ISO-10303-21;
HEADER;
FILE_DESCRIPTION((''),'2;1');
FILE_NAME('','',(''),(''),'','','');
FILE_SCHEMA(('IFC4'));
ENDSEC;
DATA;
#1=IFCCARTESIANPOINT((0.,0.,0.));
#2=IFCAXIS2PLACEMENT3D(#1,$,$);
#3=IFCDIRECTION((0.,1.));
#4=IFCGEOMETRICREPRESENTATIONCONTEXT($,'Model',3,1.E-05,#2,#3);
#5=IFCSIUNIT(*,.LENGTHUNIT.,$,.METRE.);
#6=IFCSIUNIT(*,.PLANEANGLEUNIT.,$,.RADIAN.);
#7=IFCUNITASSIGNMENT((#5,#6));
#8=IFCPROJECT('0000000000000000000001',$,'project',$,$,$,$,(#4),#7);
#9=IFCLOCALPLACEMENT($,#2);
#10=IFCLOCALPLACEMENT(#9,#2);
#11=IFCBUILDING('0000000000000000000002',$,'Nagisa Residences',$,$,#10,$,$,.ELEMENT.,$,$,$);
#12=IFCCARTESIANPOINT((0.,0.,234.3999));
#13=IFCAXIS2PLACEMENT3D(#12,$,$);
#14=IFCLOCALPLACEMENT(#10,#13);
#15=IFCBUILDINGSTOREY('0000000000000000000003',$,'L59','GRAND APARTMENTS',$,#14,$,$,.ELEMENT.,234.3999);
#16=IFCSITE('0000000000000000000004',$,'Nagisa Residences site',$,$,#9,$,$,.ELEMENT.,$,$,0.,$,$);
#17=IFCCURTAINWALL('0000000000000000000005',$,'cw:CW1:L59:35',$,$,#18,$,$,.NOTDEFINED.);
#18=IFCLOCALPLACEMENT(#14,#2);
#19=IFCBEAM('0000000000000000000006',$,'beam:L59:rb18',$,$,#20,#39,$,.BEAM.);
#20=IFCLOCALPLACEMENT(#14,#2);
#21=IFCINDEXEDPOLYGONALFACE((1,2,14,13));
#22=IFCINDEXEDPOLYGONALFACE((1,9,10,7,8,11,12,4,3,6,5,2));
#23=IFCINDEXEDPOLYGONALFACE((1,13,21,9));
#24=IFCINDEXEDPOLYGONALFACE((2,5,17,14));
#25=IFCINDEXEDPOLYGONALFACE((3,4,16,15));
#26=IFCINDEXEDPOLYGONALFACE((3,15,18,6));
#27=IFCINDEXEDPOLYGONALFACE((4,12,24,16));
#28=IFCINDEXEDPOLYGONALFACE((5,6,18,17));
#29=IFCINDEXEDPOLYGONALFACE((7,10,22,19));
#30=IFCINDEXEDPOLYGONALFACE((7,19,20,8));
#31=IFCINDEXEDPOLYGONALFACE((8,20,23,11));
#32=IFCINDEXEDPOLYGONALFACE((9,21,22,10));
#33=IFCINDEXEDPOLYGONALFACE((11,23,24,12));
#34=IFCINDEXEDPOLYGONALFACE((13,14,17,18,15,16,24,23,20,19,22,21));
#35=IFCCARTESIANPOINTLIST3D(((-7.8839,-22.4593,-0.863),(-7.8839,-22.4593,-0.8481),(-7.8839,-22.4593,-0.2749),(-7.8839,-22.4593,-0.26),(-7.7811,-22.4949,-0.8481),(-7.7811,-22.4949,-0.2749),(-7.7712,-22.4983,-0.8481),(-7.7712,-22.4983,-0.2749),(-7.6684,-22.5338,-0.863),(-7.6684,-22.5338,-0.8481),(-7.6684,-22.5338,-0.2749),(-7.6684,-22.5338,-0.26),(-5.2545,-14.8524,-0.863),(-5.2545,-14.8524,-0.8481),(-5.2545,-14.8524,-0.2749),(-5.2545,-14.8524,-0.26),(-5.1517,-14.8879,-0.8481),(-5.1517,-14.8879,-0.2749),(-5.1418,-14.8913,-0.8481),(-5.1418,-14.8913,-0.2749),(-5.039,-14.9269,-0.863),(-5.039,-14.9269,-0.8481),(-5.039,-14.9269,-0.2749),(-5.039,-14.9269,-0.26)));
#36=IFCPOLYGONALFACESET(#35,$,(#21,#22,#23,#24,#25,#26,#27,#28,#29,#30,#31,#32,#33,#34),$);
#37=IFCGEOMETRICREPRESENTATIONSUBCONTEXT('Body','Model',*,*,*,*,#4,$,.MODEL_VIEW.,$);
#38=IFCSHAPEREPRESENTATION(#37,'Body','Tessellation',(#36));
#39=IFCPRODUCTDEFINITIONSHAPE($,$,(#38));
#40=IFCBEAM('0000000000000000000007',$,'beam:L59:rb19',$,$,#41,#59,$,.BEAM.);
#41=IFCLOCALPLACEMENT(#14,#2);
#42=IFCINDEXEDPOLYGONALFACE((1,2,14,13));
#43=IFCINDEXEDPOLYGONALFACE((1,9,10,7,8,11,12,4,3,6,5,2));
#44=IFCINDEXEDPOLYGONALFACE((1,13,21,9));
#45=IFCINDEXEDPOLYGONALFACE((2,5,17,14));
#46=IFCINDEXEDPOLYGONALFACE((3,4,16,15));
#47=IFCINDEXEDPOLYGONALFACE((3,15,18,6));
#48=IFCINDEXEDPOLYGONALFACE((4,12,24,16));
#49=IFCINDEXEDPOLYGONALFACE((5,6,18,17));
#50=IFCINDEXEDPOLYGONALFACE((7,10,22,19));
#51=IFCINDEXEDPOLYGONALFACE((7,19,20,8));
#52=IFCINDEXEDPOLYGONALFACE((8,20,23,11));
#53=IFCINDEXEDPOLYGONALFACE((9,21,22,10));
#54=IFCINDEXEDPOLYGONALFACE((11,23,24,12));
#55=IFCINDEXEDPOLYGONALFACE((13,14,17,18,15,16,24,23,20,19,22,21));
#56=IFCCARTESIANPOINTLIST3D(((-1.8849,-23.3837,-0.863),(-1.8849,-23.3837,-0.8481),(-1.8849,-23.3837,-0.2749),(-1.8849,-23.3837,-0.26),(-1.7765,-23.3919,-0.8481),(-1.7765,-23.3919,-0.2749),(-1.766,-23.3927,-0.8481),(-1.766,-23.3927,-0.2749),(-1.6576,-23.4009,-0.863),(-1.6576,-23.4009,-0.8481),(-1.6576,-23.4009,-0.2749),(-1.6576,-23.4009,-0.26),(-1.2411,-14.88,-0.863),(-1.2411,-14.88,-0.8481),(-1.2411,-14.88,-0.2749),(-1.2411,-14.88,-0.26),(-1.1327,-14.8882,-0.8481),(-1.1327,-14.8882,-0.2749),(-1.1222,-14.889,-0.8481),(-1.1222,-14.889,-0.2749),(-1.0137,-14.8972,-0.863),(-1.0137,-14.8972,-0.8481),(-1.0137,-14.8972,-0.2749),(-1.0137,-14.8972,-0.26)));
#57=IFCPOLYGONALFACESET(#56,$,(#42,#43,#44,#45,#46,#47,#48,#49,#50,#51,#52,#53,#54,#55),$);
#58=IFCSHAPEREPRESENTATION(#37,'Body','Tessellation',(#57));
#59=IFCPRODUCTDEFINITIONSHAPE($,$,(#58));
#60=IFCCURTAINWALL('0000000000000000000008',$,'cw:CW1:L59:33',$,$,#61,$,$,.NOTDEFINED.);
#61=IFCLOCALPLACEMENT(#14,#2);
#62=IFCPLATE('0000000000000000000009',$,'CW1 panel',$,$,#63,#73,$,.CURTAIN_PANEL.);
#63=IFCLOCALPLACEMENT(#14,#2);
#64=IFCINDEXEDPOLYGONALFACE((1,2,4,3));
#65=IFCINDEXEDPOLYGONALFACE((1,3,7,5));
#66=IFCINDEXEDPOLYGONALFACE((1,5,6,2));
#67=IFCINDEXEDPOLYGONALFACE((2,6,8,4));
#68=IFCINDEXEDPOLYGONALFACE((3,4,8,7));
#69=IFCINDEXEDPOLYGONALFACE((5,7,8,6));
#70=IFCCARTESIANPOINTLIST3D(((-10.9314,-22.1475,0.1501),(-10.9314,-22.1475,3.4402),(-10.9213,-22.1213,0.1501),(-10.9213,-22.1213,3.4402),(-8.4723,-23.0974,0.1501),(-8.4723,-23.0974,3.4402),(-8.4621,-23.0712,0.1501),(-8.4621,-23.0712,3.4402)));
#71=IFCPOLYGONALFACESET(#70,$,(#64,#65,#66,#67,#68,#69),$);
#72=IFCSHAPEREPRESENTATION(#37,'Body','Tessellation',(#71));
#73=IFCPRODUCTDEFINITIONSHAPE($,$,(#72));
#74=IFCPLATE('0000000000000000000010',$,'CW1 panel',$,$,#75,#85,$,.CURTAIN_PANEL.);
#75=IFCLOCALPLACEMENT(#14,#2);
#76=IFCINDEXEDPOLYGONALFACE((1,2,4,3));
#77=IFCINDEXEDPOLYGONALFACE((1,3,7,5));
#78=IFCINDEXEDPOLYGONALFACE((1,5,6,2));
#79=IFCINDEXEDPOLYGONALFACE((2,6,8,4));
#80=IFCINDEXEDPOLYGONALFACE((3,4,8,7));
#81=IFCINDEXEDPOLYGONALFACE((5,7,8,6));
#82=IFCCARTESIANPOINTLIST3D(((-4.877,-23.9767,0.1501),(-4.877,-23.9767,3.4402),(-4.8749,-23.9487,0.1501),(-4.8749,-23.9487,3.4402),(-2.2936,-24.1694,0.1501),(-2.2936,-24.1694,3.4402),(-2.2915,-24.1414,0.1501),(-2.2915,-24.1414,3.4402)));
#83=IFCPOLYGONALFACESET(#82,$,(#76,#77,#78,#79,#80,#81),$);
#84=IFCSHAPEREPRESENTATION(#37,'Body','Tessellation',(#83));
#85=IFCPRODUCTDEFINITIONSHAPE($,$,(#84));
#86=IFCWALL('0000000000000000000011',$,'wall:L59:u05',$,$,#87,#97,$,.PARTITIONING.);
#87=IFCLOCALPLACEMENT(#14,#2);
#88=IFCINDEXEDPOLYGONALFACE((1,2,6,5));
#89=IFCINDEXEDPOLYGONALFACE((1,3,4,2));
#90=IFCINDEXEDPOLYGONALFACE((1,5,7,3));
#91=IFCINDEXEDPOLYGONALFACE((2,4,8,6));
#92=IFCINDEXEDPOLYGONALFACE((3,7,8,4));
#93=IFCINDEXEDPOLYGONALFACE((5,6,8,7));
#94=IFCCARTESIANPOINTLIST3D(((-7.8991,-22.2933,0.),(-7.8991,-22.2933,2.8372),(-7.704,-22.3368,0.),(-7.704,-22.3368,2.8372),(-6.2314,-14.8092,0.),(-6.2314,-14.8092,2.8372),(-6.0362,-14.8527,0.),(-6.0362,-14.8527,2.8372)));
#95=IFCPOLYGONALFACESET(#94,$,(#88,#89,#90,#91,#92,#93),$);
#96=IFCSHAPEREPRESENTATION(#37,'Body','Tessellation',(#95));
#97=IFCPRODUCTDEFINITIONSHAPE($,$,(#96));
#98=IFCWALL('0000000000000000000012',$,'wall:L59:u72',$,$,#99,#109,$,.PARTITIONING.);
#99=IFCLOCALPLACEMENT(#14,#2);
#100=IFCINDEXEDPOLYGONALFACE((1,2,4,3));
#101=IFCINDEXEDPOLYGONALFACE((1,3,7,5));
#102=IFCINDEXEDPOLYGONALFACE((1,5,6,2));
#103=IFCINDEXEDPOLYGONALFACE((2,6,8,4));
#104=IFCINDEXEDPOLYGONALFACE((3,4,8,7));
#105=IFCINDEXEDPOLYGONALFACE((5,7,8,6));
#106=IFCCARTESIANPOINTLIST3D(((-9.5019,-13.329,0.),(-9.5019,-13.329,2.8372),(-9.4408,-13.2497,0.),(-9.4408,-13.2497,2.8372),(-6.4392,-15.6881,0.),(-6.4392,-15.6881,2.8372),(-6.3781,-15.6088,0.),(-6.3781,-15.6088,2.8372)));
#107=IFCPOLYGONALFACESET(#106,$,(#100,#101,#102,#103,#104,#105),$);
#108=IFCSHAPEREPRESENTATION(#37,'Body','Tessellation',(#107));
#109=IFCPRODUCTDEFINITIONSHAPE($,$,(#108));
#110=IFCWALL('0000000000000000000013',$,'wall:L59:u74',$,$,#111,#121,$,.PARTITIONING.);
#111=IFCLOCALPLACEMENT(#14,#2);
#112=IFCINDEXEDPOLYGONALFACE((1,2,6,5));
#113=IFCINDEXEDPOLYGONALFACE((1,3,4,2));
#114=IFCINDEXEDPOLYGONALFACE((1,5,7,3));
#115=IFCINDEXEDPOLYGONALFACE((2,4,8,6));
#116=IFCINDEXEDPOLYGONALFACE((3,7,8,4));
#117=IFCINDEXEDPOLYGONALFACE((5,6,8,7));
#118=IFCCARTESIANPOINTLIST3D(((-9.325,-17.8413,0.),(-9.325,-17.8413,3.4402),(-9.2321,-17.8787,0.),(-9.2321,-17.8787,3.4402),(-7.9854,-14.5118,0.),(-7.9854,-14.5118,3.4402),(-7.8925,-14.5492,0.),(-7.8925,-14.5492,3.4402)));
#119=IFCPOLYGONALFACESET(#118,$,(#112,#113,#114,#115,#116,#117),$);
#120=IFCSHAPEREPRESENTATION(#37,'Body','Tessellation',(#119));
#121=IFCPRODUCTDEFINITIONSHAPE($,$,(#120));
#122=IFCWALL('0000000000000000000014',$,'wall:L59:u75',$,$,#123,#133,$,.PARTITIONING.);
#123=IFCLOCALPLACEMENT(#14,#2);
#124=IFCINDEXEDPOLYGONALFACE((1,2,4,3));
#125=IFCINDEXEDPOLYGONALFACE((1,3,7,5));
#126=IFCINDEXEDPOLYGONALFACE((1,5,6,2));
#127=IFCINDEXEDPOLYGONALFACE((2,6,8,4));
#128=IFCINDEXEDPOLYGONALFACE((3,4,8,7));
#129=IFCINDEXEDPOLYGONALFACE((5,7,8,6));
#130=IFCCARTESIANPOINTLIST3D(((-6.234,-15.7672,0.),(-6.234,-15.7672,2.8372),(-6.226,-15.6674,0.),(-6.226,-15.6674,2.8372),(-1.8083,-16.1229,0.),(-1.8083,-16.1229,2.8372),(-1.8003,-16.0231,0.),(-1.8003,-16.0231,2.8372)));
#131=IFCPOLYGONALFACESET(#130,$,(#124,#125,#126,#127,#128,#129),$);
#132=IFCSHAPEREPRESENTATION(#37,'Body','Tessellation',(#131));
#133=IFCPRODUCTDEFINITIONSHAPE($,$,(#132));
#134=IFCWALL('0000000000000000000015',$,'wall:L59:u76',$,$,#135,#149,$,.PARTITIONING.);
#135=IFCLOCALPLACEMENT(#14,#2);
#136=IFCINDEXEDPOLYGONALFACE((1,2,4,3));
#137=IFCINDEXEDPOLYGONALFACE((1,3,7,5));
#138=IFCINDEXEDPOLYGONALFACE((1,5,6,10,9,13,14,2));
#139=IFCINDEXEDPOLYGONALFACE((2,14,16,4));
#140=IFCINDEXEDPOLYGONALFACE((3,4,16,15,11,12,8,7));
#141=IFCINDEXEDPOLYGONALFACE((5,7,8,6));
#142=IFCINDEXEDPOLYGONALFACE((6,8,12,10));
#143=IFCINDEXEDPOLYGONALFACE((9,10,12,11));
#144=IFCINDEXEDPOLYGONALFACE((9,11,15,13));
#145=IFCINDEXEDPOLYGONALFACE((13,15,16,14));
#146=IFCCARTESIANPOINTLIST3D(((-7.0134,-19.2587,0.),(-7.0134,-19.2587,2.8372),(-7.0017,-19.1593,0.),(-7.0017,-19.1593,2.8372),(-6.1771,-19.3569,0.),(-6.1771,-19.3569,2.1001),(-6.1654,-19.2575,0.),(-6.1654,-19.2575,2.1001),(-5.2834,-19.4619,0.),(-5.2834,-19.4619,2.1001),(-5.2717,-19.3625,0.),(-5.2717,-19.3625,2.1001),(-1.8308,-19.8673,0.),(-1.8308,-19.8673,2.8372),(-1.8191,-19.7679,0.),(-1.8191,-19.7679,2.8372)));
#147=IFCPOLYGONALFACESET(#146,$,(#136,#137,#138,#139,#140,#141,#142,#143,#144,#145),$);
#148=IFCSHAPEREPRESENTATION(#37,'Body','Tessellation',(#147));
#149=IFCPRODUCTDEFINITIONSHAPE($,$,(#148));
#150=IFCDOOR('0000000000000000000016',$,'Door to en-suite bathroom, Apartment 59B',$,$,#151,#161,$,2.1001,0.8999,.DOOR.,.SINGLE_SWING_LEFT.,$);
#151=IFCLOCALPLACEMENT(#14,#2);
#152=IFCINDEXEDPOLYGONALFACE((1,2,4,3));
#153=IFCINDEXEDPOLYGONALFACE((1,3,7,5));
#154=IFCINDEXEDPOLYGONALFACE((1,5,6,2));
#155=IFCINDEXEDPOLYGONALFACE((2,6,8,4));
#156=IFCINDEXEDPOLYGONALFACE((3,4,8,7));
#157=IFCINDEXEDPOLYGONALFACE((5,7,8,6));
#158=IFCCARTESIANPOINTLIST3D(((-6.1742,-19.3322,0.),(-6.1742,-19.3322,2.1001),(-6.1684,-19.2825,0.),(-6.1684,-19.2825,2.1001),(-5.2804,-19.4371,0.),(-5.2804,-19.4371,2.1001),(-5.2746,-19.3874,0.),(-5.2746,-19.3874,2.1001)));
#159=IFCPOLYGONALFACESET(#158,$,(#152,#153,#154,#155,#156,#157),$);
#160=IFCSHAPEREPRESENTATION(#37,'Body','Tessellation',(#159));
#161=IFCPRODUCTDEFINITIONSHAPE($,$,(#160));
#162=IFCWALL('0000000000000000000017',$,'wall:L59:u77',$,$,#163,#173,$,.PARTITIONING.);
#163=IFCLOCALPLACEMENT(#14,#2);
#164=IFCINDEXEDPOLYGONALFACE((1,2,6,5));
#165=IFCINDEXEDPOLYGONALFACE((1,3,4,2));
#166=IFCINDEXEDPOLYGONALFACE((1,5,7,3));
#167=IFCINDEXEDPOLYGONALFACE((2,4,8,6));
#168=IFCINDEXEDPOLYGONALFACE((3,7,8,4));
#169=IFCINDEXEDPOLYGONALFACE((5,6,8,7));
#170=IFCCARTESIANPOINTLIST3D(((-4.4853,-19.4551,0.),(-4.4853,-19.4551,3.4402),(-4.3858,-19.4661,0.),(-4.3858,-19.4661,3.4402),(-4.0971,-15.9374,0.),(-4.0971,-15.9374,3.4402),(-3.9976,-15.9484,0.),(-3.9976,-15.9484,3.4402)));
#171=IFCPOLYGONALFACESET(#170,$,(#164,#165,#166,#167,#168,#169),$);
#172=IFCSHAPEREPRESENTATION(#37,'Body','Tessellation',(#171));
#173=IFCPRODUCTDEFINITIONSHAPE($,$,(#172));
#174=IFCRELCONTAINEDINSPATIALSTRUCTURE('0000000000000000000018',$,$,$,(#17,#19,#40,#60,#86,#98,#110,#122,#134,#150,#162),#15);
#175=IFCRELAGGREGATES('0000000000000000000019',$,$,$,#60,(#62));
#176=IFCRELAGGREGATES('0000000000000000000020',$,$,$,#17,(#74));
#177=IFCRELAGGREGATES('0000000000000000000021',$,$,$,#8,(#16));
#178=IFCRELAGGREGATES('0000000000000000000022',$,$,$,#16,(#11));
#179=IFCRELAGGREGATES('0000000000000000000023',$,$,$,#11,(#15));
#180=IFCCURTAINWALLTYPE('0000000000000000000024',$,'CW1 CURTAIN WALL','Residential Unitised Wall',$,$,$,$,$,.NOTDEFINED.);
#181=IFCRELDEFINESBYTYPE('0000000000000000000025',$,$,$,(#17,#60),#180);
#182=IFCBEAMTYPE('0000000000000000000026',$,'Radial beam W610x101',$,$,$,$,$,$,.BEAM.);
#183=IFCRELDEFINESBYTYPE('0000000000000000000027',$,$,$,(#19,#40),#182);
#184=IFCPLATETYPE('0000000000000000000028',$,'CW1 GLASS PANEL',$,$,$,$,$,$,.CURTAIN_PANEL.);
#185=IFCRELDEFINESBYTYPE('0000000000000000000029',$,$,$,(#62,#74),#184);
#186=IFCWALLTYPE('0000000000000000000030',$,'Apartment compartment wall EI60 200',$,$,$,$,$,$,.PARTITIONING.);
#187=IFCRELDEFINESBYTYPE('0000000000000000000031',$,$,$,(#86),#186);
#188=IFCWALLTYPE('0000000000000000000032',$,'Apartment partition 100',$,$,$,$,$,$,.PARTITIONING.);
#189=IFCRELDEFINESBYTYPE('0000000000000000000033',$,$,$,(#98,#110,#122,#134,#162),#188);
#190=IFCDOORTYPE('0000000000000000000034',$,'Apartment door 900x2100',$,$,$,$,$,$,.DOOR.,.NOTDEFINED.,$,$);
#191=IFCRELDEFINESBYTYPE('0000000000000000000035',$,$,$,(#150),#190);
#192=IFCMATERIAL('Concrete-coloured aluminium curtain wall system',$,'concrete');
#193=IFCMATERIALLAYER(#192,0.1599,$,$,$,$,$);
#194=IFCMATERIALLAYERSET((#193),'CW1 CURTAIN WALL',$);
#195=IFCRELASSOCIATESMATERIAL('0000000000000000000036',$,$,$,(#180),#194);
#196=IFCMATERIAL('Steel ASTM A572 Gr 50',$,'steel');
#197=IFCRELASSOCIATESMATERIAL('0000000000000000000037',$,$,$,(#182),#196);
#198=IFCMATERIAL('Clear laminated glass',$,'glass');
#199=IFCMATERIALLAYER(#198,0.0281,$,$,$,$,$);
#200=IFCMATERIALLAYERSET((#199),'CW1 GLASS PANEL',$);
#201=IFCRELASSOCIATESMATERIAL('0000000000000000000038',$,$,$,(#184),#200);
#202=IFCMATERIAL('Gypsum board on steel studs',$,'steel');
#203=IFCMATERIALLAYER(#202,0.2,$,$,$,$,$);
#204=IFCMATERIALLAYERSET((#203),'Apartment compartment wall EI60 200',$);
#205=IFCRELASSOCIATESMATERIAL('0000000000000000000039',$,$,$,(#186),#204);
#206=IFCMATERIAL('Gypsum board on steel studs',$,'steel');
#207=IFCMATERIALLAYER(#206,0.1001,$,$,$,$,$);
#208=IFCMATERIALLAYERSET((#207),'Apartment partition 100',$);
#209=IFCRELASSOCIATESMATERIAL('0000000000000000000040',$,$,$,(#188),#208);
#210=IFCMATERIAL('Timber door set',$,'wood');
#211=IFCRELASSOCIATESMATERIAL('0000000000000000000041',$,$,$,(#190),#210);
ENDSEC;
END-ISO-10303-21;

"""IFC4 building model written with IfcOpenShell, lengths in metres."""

from ifc_helpers import new_model, si_unit, direction, frame, frame_2d, origin, origin_2d, place, context, subcontext, project, spatial, rectangle, i_section, extrude, material, layer, layer_set, material_profile, profile_set, type_object, element, fill, aggregate, save


model = new_model("IFC4")

# Units and contexts
model_context = context("Model", 3, precision=1e-05, world=origin(), true_north=direction((0.0, 1.0)))
body_context = subcontext(model_context, "Body", "Model", "MODEL_VIEW")
ifc_project = project(units=[si_unit("LENGTHUNIT", "METRE"), si_unit("PLANEANGLEUNIT", "RADIAN")], contexts=[model_context])

# Site, building, storey
site_placement = place(None, origin())
site = spatial("IfcSite", under=ifc_project, at=site_placement, Name="Nagisa Residences site", CompositionType="ELEMENT", RefElevation=0.0)
building_placement = place(site_placement, origin())
building = spatial("IfcBuilding", under=site, at=building_placement, Name="Nagisa Residences", CompositionType="ELEMENT")
storey_placement = place(building_placement, frame((0.0, 0.0, 234.3999)))
storey = spatial("IfcBuildingStorey", under=building, at=storey_placement, Name="L59", Description="GRAND APARTMENTS", CompositionType="ELEMENT", Elevation=234.3999)

# Curtain wall
ifc_material_1 = material(Name="Concrete-coloured aluminium curtain wall system", Category="concrete")
ifc_layer_1 = layer(ifc_material_1, 0.1599)
ifc_layer_set_1 = layer_set([ifc_layer_1], Name="CW1 CURTAIN WALL")
curtain_wall_type = type_object("IfcCurtainWallType", Name="CW1 CURTAIN WALL", Description="Residential Unitised Wall", PredefinedType="NOTDEFINED", material=ifc_layer_set_1)
curtain_wall_1_placement = place(storey_placement, origin())
curtain_wall_1 = element("IfcCurtainWall", 1, at=curtain_wall_1_placement, inside=storey, type_object=curtain_wall_type, Name="cw:CW1:L59:35", PredefinedType="NOTDEFINED")

# Beams
ifc_material_2 = material(Name="Steel ASTM A572 Gr 50", Category="steel")
ifc_material_profile_1 = material_profile(ifc_material_2, i_section(OverallWidth=0.228, OverallDepth=0.603, WebThickness=0.0105, FlangeThickness=0.0149, at=origin_2d()), Name="W610x101")
ifc_profile_set_1 = profile_set([ifc_material_profile_1], Name="Steel ASTM A572 Gr 50")
beam_type_1 = type_object("IfcBeamType", Name="Radial beam W610x101", PredefinedType="BEAM", material=ifc_profile_set_1)
beam_1_placement = place(storey_placement, frame((-7.7761, -22.4966, -0.5615), z_axis=(0.326692, 0.945131, 0.0), x_axis=(-0.945131, 0.326692, 0.0)))
element("IfcBeam", 2, at=beam_1_placement, inside=storey, type_object=beam_type_1, Name="beam:L59:rb18", PredefinedType="BEAM", context=body_context, shape_type="SweptSolid", body=[
    extrude(i_section(OverallWidth=0.228, OverallDepth=0.603, WebThickness=0.0105, FlangeThickness=0.0149, at=origin_2d()), origin(), (0.0, 0.0, 1.0), 8.0486),
])
beam_2_placement = place(storey_placement, frame((-1.7712, -23.3923, -0.5615), z_axis=(0.075492, 0.997146, 0.0), x_axis=(-0.997146, 0.075492, 0.0)))
element("IfcBeam", 3, at=beam_2_placement, inside=storey, type_object=beam_type_1, Name="beam:L59:rb19", PredefinedType="BEAM", context=body_context, shape_type="SweptSolid", body=[
    extrude(i_section(OverallWidth=0.228, OverallDepth=0.603, WebThickness=0.0105, FlangeThickness=0.0149, at=origin_2d()), origin(), (0.0, 0.0, 1.0), 8.5281),
])

# Curtain wall, plate
curtain_wall_2_placement = place(storey_placement, origin())
curtain_wall_2 = element("IfcCurtainWall", 4, at=curtain_wall_2_placement, inside=storey, type_object=curtain_wall_type, Name="cw:CW1:L59:33", PredefinedType="NOTDEFINED")
ifc_material_3 = material(Name="Clear laminated glass", Category="glass")
ifc_layer_2 = layer(ifc_material_3, 0.0281)
ifc_layer_set_2 = layer_set([ifc_layer_2], Name="CW1 GLASS PANEL")
plate_type = type_object("IfcPlateType", Name="CW1 GLASS PANEL", PredefinedType="CURTAIN_PANEL", material=ifc_layer_set_2)
plate_1_placement = place(storey_placement, frame((-9.6968, -22.6094, 0.1501), z_axis=(0.0, 0.0, 1.0), x_axis=(0.932826, -0.360328, 0.0)))
plate_1 = element("IfcPlate", 5, at=plate_1_placement, type_object=plate_type, Name="CW1 panel", PredefinedType="CURTAIN_PANEL", context=body_context, shape_type="SweptSolid", body=[
    extrude(rectangle(XDim=2.6362, YDim=0.0281, at=origin_2d()), origin(), (0.0, 0.0, 1.0), 3.29),
])
aggregate(curtain_wall_2, [plate_1])

# Plate
plate_2_placement = place(storey_placement, frame((-3.5842, -24.0591, 0.1501), z_axis=(0.0, 0.0, 1.0), x_axis=(0.99723, -0.074377, 0.0)))
plate_2 = element("IfcPlate", 6, at=plate_2_placement, type_object=plate_type, Name="CW1 panel", PredefinedType="CURTAIN_PANEL", context=body_context, shape_type="SweptSolid", body=[
    extrude(rectangle(XDim=2.5906, YDim=0.0281, at=origin_2d()), origin(), (0.0, 0.0, 1.0), 3.29),
])
aggregate(curtain_wall_1, [plate_2])

# Walls
ifc_material_4 = material(Name="Gypsum board on steel studs", Category="steel")
ifc_layer_3 = layer(ifc_material_4, 0.2)
ifc_layer_set_3 = layer_set([ifc_layer_3], Name="Apartment compartment wall EI60 200")
wall_type_1 = type_object("IfcWallType", Name="Apartment compartment wall EI60 200", PredefinedType="PARTITIONING", material=ifc_layer_set_3)
wall_1_placement = place(storey_placement, frame((-6.1338, -14.8308, 0.0), z_axis=(0.0, 0.0, 1.0), x_axis=(-0.2175, -0.97606, 0.0)))
element("IfcWall", 7, at=wall_1_placement, inside=storey, type_object=wall_type_1, Name="wall:L59:u05", PredefinedType="PARTITIONING", context=body_context, shape_type="SweptSolid", body=[
    extrude(rectangle(XDim=7.6677, YDim=0.2, at=frame_2d((3.834, 0.0))), origin(), (0.0, 0.0, 1.0), 2.8372),
])
ifc_material_5 = material(Name="Gypsum board on steel studs", Category="steel")
ifc_layer_4 = layer(ifc_material_5, 0.1001)
ifc_layer_set_4 = layer_set([ifc_layer_4], Name="Apartment partition 100")
wall_type_2 = type_object("IfcWallType", Name="Apartment partition 100", PredefinedType="PARTITIONING", material=ifc_layer_set_4)
wall_2_placement = place(storey_placement, frame((-9.4714, -13.2893, 0.0), z_axis=(0.0, 0.0, 1.0), x_axis=(0.792227, -0.610226, 0.0)))
element("IfcWall", 8, at=wall_2_placement, inside=storey, type_object=wall_type_2, Name="wall:L59:u72", PredefinedType="PARTITIONING", context=body_context, shape_type="SweptSolid", body=[
    extrude(rectangle(XDim=3.866, YDim=0.1001, at=frame_2d((1.9331, 0.0))), origin(), (0.0, 0.0, 1.0), 2.8372),
])
wall_3_placement = place(storey_placement, frame((-7.939, -14.5305, 0.0), z_axis=(0.0, 0.0, 1.0), x_axis=(-0.373255, -0.927729, 0.0)))
element("IfcWall", 9, at=wall_3_placement, inside=storey, type_object=wall_type_2, Name="wall:L59:u74", PredefinedType="PARTITIONING", context=body_context, shape_type="SweptSolid", body=[
    extrude(rectangle(XDim=3.5889, YDim=0.1001, at=frame_2d((1.7944, 0.0))), origin(), (0.0, 0.0, 1.0), 3.4402),
])
wall_4_placement = place(storey_placement, frame((-6.23, -15.7173, 0.0), z_axis=(0.0, 0.0, 1.0), x_axis=(0.996786, -0.080115, 0.0)))
element("IfcWall", 10, at=wall_4_placement, inside=storey, type_object=wall_type_2, Name="wall:L59:u75", PredefinedType="PARTITIONING", context=body_context, shape_type="SweptSolid", body=[
    extrude(rectangle(XDim=4.4399, YDim=0.1001, at=frame_2d((2.22, 0.0))), origin(), (0.0, 0.0, 1.0), 2.8372),
])

# Wall, opening, door
wall_5_placement = place(storey_placement, frame((-7.0076, -19.209, 0.0), z_axis=(0.0, 0.0, 1.0), x_axis=(0.993175, -0.116638, 0.0)))
wall_5 = element("IfcWall", 11, at=wall_5_placement, inside=storey, type_object=wall_type_2, Name="wall:L59:u76", PredefinedType="PARTITIONING", context=body_context, shape_type="SweptSolid", body=[
    extrude(rectangle(XDim=5.2183, YDim=0.1001, at=frame_2d((2.6091, 0.0))), origin(), (0.0, 0.0, 1.0), 2.8372),
])
opening_1_placement = place(wall_5_placement, frame((0.842, 0.0, 0.0)))
opening_1 = element("IfcOpeningElement", 12, at=opening_1_placement, cuts=wall_5, PredefinedType="OPENING", context=body_context, shape_type="SweptSolid", body=[
    extrude(rectangle(XDim=0.8999, YDim=2.1001, at=frame_2d((0.45, 1.05))), frame((0.0, 0.0601, 0.0), z_axis=(0.0, -1.0, 0.0), x_axis=(1.0, 0.0, 0.0)), (0.0, 0.0, 1.0), 0.1201),
])
ifc_material_6 = material(Name="Timber door set", Category="wood")
door_type_1 = type_object("IfcDoorType", Name="Apartment door 900x2100", OperationType="NOTDEFINED", PredefinedType="DOOR", material=ifc_material_6)
door_1_placement = place(opening_1_placement, origin())
door_1 = element("IfcDoor", 13, at=door_1_placement, inside=storey, type_object=door_type_1, Name="Door to en-suite bathroom, Apartment 59B", OperationType="SINGLE_SWING_LEFT", OverallHeight=2.1001, OverallWidth=0.8999, PredefinedType="DOOR", context=body_context, shape_type="SweptSolid", body=[
    extrude(rectangle(XDim=0.8999, YDim=2.1001, at=frame_2d((0.45, 1.05))), frame((0.0, 0.0249, 0.0), z_axis=(0.0, -1.0, 0.0), x_axis=(1.0, 0.0, 0.0)), (0.0, 0.0, 1.0), 0.05),
])
fill(opening_1, door_1)

# Wall
wall_6_placement = place(storey_placement, frame((-4.0474, -15.9429, 0.0), z_axis=(0.0, 0.0, 1.0), x_axis=(-0.109682, -0.993967, 0.0)))
element("IfcWall", 14, at=wall_6_placement, inside=storey, type_object=wall_type_2, Name="wall:L59:u77", PredefinedType="PARTITIONING", context=body_context, shape_type="SweptSolid", body=[
    extrude(rectangle(XDim=3.5391, YDim=0.1001, at=frame_2d((1.7695, 0.0))), origin(), (0.0, 0.0, 1.0), 3.4402),
])

save(model, "model.ifc")
